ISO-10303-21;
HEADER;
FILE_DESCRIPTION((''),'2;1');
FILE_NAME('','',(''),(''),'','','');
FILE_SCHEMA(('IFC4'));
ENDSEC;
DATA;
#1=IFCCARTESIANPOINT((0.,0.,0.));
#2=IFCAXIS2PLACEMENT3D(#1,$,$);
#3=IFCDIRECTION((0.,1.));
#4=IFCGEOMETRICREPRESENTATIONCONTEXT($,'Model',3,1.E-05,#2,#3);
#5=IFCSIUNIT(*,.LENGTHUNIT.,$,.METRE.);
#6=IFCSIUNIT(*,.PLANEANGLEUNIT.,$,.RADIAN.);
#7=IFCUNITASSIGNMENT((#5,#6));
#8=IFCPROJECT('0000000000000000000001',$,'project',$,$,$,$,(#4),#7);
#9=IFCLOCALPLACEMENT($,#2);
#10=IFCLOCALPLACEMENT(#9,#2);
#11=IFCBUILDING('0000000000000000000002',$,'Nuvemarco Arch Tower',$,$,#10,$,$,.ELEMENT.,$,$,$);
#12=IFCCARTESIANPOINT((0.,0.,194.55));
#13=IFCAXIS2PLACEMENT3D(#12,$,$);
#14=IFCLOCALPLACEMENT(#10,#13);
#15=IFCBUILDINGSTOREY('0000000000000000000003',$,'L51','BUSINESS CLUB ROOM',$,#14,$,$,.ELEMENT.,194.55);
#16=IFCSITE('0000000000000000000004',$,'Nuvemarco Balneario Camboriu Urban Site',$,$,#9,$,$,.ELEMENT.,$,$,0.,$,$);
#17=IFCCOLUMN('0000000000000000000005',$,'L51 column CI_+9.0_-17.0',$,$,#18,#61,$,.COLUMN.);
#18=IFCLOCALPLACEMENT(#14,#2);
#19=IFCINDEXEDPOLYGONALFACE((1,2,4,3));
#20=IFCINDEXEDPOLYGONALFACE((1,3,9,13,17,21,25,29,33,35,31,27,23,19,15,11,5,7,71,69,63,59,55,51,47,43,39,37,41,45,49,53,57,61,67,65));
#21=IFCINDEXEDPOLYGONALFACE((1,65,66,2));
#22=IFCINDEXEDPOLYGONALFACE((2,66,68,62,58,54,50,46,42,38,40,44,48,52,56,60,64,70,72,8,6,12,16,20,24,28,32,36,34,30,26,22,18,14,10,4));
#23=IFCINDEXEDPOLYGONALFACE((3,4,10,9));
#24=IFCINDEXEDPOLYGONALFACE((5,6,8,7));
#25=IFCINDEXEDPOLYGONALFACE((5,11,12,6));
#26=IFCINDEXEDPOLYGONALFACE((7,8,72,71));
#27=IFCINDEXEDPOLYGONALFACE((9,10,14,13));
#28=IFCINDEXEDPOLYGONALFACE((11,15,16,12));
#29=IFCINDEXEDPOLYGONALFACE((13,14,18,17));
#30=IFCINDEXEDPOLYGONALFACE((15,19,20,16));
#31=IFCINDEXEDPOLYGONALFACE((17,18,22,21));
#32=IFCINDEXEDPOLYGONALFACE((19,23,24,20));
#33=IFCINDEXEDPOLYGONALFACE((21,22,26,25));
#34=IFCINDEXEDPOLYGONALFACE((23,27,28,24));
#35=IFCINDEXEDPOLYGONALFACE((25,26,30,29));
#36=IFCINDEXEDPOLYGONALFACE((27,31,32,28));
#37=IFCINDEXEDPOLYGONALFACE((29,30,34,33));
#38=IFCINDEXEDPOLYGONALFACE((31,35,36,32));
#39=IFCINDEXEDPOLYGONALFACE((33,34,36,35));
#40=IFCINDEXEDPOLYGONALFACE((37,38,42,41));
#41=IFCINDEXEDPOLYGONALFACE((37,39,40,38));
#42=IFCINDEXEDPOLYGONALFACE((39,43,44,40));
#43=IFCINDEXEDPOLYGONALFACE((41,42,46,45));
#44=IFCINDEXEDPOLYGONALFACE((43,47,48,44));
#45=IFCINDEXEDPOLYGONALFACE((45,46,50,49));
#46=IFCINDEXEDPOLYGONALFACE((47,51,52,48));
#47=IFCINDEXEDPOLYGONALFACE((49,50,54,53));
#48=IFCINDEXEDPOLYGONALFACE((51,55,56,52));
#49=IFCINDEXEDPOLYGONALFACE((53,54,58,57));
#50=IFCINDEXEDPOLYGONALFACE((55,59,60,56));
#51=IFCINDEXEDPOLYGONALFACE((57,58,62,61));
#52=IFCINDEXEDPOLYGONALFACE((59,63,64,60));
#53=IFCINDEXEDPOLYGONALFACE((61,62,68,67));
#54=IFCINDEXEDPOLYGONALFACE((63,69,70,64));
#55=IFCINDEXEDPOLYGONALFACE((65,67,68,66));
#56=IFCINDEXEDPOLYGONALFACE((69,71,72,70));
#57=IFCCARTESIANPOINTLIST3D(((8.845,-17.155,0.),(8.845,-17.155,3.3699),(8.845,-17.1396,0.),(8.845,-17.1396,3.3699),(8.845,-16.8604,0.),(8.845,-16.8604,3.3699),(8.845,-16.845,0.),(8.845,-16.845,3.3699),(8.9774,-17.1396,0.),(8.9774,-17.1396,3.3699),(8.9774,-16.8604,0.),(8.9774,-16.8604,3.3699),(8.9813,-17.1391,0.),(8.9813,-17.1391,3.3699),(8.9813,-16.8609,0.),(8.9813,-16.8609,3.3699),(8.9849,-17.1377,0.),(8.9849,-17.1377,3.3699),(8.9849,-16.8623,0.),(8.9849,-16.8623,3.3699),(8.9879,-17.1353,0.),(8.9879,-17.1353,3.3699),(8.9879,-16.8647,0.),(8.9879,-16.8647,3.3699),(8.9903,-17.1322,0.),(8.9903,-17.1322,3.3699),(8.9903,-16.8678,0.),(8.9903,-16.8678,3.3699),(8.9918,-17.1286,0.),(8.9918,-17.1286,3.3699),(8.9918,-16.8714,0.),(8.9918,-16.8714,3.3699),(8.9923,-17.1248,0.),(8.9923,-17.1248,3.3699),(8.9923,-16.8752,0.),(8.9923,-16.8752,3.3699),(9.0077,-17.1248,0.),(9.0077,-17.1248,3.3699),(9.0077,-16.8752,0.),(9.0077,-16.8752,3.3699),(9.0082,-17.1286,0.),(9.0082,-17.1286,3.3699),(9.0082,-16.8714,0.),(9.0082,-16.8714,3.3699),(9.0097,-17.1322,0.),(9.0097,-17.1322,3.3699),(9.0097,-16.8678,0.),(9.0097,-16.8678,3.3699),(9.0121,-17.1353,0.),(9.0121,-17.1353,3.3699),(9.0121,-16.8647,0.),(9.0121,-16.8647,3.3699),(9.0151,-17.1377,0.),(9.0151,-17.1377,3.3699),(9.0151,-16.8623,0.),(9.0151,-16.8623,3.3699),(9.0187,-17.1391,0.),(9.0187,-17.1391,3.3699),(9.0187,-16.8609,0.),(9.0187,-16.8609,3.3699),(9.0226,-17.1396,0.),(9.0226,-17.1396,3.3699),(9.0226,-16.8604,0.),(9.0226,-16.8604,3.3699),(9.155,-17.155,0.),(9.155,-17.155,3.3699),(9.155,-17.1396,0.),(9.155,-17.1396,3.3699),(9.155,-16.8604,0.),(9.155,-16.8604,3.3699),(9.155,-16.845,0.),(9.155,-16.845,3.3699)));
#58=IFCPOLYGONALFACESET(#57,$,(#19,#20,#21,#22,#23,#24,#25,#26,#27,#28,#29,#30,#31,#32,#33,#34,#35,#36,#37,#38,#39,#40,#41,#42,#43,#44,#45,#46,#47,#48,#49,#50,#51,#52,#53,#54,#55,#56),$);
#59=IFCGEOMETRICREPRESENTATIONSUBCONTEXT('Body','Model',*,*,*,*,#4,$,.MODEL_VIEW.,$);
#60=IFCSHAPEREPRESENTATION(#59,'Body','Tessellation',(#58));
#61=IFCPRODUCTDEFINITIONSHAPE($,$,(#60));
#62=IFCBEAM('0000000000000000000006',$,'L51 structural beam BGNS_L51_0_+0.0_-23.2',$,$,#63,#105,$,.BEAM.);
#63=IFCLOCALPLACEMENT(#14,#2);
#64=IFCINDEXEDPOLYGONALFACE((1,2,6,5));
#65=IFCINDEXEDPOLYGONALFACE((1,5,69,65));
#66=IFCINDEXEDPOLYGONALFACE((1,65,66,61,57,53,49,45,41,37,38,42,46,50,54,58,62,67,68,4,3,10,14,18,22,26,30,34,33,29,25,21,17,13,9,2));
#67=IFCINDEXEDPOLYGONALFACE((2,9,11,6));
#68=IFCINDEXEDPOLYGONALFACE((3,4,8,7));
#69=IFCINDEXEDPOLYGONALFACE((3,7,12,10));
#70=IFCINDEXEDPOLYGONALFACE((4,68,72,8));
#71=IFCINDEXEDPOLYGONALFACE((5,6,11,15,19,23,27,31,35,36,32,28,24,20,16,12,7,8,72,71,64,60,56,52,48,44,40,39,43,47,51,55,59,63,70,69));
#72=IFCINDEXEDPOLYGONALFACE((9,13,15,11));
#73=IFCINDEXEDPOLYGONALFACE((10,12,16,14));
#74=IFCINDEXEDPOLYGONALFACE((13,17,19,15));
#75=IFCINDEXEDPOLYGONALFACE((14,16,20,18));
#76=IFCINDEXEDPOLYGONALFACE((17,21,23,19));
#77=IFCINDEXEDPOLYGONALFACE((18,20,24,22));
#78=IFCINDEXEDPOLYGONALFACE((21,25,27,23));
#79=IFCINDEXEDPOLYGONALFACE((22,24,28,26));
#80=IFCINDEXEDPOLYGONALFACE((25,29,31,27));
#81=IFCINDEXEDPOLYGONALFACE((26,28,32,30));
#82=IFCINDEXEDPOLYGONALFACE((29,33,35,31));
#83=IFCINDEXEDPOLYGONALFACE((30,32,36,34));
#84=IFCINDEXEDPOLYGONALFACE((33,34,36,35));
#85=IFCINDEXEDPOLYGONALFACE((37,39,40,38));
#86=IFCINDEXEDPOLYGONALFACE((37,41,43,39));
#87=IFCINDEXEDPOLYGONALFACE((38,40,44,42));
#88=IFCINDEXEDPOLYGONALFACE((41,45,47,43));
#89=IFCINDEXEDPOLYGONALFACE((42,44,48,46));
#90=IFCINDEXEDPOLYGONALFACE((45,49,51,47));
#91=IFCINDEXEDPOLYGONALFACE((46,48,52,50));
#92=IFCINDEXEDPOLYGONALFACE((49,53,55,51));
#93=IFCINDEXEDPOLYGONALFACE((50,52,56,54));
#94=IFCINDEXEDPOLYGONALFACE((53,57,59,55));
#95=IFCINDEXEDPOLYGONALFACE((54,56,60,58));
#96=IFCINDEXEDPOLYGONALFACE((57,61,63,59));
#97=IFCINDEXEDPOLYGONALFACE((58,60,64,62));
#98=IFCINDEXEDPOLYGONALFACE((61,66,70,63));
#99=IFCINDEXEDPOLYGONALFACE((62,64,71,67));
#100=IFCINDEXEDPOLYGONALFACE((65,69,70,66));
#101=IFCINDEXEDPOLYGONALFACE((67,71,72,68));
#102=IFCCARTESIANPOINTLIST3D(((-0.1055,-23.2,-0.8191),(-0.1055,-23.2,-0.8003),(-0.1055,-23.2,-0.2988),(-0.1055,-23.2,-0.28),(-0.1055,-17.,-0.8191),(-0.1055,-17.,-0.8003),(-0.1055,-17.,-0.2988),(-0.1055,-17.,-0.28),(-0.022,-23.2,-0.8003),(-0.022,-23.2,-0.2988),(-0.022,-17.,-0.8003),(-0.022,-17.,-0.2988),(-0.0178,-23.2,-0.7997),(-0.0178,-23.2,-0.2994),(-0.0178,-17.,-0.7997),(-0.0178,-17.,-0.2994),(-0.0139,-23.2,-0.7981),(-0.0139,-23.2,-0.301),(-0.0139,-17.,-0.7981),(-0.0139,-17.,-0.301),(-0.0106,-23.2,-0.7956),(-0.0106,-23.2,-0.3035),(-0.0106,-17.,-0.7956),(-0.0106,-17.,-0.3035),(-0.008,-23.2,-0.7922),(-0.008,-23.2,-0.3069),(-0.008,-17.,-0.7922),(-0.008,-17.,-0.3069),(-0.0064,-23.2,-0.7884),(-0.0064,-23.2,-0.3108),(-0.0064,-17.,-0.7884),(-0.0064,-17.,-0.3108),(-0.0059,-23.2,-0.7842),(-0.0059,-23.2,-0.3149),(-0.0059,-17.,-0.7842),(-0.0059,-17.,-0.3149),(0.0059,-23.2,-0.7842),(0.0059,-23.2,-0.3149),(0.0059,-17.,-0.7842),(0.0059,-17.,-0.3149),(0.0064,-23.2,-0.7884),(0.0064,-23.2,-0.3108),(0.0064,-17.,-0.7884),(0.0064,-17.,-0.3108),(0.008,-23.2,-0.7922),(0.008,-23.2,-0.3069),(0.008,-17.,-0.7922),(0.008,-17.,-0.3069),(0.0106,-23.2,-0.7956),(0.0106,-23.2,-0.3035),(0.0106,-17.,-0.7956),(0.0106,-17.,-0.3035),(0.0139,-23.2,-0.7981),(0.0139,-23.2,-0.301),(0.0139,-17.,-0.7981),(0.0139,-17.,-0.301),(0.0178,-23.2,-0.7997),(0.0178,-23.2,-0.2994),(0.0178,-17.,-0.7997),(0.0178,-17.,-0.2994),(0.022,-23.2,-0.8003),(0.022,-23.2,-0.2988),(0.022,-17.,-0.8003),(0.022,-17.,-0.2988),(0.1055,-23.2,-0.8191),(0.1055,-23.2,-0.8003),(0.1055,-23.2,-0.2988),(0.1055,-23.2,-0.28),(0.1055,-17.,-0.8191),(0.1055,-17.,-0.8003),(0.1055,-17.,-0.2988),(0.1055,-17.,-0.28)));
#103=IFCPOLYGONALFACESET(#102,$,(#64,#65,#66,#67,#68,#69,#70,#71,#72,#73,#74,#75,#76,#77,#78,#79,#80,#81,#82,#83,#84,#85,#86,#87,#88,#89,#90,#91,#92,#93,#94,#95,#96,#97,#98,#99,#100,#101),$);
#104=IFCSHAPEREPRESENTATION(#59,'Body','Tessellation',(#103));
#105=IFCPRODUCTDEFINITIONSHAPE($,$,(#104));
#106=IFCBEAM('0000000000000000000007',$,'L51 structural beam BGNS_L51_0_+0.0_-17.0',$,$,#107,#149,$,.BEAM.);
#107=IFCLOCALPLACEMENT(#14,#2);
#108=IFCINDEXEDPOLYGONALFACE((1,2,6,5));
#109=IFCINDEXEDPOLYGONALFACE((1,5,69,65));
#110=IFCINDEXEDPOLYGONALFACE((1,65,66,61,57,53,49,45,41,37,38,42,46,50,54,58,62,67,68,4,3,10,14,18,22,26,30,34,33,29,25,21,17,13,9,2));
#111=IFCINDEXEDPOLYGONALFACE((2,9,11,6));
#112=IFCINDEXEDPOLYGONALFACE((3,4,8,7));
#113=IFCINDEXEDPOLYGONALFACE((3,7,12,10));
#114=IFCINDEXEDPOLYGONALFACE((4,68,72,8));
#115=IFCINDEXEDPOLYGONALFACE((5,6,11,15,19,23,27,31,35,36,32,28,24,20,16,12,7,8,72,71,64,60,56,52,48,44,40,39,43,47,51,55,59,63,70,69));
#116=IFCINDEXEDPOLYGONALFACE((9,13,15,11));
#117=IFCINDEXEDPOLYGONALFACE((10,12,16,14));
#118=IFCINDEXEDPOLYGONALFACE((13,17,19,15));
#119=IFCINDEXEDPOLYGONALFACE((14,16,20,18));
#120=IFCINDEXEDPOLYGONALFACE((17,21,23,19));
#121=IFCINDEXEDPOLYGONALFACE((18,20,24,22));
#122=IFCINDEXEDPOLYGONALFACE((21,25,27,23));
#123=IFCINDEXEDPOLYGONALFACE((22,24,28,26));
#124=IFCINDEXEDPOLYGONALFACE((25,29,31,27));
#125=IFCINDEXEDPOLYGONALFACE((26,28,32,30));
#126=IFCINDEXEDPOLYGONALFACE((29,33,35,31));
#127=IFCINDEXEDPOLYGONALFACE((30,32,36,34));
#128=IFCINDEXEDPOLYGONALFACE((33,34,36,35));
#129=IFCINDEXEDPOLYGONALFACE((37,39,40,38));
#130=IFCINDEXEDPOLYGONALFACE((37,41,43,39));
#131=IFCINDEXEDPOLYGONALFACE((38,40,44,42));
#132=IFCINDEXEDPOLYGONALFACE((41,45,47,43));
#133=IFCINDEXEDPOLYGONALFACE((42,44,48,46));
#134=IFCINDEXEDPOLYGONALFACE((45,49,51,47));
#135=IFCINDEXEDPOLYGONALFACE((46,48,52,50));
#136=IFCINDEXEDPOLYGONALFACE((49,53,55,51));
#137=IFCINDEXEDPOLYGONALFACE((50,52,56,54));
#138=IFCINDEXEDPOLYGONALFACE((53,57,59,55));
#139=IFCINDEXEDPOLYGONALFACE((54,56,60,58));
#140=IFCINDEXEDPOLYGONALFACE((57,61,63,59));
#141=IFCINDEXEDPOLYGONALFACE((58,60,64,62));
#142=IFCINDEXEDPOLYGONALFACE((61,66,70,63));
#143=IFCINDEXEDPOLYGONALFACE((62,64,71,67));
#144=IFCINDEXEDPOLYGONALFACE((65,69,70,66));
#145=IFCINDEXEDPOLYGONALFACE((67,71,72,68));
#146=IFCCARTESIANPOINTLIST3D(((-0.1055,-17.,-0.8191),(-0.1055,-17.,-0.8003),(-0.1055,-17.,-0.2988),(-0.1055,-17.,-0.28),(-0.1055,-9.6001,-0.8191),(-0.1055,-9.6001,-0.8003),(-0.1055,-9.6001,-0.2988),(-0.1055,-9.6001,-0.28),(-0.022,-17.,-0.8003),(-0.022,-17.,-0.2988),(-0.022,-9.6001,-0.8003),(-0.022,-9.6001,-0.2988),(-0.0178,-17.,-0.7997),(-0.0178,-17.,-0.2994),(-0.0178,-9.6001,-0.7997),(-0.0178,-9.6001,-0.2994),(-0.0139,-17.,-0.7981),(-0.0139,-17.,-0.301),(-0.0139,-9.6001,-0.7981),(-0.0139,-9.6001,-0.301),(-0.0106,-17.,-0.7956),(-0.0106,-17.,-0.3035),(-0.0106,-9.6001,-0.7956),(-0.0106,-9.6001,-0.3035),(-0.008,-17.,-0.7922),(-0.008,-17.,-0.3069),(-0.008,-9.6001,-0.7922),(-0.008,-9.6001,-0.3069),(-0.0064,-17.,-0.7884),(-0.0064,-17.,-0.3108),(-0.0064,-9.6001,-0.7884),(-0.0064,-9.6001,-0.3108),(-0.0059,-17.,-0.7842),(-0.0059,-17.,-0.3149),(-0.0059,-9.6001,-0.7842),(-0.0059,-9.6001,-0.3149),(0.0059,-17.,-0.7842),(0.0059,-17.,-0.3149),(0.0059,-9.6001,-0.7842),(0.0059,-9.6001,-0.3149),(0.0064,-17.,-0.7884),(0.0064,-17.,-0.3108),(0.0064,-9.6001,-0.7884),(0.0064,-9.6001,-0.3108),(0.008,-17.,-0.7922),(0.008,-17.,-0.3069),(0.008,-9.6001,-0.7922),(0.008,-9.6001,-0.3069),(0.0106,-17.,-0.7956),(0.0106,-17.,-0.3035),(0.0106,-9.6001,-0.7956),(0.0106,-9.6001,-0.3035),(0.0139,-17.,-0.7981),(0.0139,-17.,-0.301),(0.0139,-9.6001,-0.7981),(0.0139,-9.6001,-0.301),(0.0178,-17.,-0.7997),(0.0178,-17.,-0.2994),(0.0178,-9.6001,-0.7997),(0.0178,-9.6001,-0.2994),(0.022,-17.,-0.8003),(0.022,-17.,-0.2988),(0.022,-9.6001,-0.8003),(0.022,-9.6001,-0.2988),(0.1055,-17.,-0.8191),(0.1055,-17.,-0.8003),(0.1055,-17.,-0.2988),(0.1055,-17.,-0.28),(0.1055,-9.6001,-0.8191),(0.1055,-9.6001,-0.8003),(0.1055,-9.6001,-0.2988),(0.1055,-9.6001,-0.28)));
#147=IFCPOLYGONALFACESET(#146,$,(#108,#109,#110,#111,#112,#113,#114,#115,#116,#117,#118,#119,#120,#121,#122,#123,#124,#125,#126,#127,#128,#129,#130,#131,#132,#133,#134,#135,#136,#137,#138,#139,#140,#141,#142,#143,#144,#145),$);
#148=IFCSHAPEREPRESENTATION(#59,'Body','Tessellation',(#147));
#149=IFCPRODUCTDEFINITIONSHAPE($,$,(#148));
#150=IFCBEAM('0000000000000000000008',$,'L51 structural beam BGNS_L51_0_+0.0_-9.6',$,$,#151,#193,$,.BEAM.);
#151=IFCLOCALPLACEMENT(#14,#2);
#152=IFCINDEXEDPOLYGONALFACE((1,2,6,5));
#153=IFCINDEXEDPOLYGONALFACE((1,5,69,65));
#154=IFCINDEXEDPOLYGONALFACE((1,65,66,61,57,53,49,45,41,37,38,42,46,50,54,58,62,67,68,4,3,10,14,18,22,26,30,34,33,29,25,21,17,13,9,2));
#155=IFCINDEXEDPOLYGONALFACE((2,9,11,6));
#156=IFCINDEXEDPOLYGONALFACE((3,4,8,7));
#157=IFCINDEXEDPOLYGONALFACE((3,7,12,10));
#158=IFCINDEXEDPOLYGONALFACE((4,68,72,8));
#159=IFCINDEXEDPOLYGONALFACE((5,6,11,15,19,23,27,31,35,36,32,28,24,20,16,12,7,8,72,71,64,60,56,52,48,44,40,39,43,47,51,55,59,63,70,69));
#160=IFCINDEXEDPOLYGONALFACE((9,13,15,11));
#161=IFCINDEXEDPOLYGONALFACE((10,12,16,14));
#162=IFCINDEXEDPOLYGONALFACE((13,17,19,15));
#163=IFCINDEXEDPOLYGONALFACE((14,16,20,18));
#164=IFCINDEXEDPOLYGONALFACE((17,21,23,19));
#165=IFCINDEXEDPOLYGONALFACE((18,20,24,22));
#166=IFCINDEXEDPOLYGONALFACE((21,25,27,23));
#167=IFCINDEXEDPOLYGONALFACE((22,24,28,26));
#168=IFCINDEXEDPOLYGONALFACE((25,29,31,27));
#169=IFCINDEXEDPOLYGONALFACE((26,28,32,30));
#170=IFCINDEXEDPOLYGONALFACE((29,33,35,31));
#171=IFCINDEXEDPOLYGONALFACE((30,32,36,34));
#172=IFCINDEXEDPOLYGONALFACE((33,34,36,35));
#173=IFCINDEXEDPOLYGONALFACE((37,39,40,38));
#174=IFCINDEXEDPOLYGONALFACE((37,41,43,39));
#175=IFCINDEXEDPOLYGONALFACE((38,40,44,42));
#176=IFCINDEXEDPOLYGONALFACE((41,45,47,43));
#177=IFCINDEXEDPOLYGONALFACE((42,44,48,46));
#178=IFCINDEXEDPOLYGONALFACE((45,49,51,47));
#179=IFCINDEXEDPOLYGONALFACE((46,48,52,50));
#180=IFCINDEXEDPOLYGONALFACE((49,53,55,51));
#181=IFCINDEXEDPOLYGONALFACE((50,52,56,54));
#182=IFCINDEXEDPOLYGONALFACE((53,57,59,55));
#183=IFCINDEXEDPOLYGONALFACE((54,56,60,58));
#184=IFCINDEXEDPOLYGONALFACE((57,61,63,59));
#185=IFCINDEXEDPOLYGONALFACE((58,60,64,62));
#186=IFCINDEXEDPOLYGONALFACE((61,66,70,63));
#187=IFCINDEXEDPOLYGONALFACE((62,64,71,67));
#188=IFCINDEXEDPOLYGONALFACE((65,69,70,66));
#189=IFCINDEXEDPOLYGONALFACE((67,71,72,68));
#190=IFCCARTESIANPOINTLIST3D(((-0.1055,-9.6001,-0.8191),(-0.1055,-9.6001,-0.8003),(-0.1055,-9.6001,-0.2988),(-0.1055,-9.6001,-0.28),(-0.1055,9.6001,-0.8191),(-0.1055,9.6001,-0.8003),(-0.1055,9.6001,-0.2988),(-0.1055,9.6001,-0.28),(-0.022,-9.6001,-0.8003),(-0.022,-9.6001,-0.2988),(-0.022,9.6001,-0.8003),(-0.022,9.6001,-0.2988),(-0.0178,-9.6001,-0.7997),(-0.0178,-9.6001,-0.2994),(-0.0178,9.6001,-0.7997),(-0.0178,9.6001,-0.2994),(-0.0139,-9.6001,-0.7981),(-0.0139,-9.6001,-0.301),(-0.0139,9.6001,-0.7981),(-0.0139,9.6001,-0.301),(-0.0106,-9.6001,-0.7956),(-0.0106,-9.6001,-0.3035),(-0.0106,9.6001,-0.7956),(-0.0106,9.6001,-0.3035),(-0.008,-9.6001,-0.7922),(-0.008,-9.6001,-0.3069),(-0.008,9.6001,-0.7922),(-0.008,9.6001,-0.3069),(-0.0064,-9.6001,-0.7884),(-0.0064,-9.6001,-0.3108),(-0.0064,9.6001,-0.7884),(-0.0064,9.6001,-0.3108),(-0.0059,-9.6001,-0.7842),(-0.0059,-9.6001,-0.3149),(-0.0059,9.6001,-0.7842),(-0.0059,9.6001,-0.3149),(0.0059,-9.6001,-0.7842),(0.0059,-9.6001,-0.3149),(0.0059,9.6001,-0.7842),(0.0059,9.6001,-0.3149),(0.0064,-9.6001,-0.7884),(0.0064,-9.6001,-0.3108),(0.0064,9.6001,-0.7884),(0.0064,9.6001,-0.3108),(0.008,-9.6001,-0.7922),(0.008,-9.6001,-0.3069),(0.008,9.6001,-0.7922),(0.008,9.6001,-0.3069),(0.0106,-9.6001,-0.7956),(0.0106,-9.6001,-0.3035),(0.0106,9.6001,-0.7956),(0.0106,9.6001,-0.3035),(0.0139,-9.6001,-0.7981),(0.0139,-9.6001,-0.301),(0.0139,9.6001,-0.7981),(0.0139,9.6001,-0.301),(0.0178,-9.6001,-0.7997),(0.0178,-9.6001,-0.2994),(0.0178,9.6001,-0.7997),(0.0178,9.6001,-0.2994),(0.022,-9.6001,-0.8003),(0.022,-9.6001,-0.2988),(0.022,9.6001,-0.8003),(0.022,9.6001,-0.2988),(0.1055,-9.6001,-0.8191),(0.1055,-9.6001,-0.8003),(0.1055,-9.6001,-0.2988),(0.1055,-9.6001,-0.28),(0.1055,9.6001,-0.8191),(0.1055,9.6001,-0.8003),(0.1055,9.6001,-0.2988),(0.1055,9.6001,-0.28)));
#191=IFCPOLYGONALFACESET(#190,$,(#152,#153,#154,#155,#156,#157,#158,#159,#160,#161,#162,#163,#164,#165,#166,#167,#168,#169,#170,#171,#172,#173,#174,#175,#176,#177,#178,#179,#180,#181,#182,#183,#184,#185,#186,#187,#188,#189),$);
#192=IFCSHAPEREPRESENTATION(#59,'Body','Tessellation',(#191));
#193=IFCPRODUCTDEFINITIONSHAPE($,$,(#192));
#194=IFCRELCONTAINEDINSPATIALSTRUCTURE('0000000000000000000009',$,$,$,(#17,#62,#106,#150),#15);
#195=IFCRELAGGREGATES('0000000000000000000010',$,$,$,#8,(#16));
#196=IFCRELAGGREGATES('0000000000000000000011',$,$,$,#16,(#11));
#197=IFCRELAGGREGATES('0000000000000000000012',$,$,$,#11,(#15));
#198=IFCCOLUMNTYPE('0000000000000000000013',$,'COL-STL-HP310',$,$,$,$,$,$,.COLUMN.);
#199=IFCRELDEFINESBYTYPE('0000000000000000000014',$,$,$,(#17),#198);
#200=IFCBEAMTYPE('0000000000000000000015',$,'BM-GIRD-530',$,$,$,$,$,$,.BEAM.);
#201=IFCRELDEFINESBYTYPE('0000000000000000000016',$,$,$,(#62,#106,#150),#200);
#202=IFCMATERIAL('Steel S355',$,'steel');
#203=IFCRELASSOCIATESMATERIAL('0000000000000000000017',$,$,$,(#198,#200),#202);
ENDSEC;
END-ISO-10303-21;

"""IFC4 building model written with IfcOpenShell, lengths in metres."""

from ifc_helpers import new_model, si_unit, direction, frame, origin, origin_2d, place, context, subcontext, project, spatial, i_section, extrude, material, material_profile, profile_set, type_object, element, save


model = new_model("IFC4")

# Units and contexts
model_context = context("Model", 3, precision=1e-05, world=origin(), true_north=direction((0.0, 1.0)))
body_context = subcontext(model_context, "Body", "Model", "MODEL_VIEW")
ifc_project = project(units=[si_unit("LENGTHUNIT", "METRE"), si_unit("PLANEANGLEUNIT", "RADIAN")], contexts=[model_context])

# Site, building, storey
site_placement = place(None, origin())
site = spatial("IfcSite", under=ifc_project, at=site_placement, Name="Nuvemarco Balneario Camboriu Urban Site", CompositionType="ELEMENT", RefElevation=0.0)
building_placement = place(site_placement, origin())
building = spatial("IfcBuilding", under=site, at=building_placement, Name="Nuvemarco Arch Tower", CompositionType="ELEMENT")
storey_placement = place(building_placement, frame((0.0, 0.0, 194.55)))
storey = spatial("IfcBuildingStorey", under=building, at=storey_placement, Name="L51", Description="BUSINESS CLUB ROOM", CompositionType="ELEMENT", Elevation=194.55)

# Column
ifc_material_1 = material(Name="Steel S355", Category="steel")
ifc_material_profile_1 = material_profile(ifc_material_1, i_section(OverallWidth=0.3101, OverallDepth=0.3101, WebThickness=0.0154, FlangeThickness=0.0154, FilletRadius=0.0149, at=origin_2d()), Name="HP310x110")
ifc_profile_set_1 = profile_set([ifc_material_profile_1], Name="Steel S355")
column_type_1 = type_object("IfcColumnType", Name="COL-STL-HP310", PredefinedType="COLUMN", material=ifc_profile_set_1)
for number, where, z_axis, x_axis, name in (
    (1, (9.0, -17.0, 0.0), (0.0, 0.0, 1.0), (1.0, 0.0, 0.0), "L51 column CI_+9.0_-17.0"),
):
    element("IfcColumn", number, at=place(storey_placement, frame(where, z_axis=z_axis, x_axis=x_axis)), inside=storey, type_object=column_type_1, Name=name, PredefinedType="COLUMN", context=body_context, shape_type="SweptSolid", body=[
        extrude(i_section(OverallWidth=0.3101, OverallDepth=0.3101, WebThickness=0.0154, FlangeThickness=0.0154, FilletRadius=0.0149, at=origin_2d()), origin(), (0.0, 0.0, 1.0), 3.3699),
    ])

# Beams
ifc_material_profile_2 = material_profile(ifc_material_1, i_section(OverallWidth=0.2109, OverallDepth=0.5391, WebThickness=0.0117, FlangeThickness=0.0188, FilletRadius=0.0161, at=origin_2d()), Name="W530x109")
ifc_profile_set_2 = profile_set([ifc_material_profile_2], Name="Steel S355")
beam_type_1 = type_object("IfcBeamType", Name="BM-GIRD-530", PredefinedType="BEAM", material=ifc_profile_set_2)
beam_1_placement = place(storey_placement, frame((0.0, -23.2, -0.5496), z_axis=(0.0, 1.0, 0.0), x_axis=(-1.0, 0.0, 0.0)))
element("IfcBeam", 2, at=beam_1_placement, inside=storey, type_object=beam_type_1, Name="L51 structural beam BGNS_L51_0_+0.0_-23.2", PredefinedType="BEAM", context=body_context, shape_type="SweptSolid", body=[
    extrude(i_section(OverallWidth=0.2109, OverallDepth=0.5391, WebThickness=0.0117, FlangeThickness=0.0188, FilletRadius=0.0161, at=origin_2d()), origin(), (0.0, 0.0, 1.0), 6.2),
])
beam_2_placement = place(storey_placement, frame((0.0, -17.0, -0.5496), z_axis=(0.0, 1.0, 0.0), x_axis=(-1.0, 0.0, 0.0)))
element("IfcBeam", 3, at=beam_2_placement, inside=storey, type_object=beam_type_1, Name="L51 structural beam BGNS_L51_0_+0.0_-17.0", PredefinedType="BEAM", context=body_context, shape_type="SweptSolid", body=[
    extrude(i_section(OverallWidth=0.2109, OverallDepth=0.5391, WebThickness=0.0117, FlangeThickness=0.0188, FilletRadius=0.0161, at=origin_2d()), origin(), (0.0, 0.0, 1.0), 7.3999),
])
beam_3_placement = place(storey_placement, frame((0.0, -9.6001, -0.5496), z_axis=(0.0, 1.0, 0.0), x_axis=(-1.0, 0.0, 0.0)))
element("IfcBeam", 4, at=beam_3_placement, inside=storey, type_object=beam_type_1, Name="L51 structural beam BGNS_L51_0_+0.0_-9.6", PredefinedType="BEAM", context=body_context, shape_type="SweptSolid", body=[
    extrude(i_section(OverallWidth=0.2109, OverallDepth=0.5391, WebThickness=0.0117, FlangeThickness=0.0188, FilletRadius=0.0161, at=origin_2d()), origin(), (0.0, 0.0, 1.0), 19.2002),
])

save(model, "model.ifc")
